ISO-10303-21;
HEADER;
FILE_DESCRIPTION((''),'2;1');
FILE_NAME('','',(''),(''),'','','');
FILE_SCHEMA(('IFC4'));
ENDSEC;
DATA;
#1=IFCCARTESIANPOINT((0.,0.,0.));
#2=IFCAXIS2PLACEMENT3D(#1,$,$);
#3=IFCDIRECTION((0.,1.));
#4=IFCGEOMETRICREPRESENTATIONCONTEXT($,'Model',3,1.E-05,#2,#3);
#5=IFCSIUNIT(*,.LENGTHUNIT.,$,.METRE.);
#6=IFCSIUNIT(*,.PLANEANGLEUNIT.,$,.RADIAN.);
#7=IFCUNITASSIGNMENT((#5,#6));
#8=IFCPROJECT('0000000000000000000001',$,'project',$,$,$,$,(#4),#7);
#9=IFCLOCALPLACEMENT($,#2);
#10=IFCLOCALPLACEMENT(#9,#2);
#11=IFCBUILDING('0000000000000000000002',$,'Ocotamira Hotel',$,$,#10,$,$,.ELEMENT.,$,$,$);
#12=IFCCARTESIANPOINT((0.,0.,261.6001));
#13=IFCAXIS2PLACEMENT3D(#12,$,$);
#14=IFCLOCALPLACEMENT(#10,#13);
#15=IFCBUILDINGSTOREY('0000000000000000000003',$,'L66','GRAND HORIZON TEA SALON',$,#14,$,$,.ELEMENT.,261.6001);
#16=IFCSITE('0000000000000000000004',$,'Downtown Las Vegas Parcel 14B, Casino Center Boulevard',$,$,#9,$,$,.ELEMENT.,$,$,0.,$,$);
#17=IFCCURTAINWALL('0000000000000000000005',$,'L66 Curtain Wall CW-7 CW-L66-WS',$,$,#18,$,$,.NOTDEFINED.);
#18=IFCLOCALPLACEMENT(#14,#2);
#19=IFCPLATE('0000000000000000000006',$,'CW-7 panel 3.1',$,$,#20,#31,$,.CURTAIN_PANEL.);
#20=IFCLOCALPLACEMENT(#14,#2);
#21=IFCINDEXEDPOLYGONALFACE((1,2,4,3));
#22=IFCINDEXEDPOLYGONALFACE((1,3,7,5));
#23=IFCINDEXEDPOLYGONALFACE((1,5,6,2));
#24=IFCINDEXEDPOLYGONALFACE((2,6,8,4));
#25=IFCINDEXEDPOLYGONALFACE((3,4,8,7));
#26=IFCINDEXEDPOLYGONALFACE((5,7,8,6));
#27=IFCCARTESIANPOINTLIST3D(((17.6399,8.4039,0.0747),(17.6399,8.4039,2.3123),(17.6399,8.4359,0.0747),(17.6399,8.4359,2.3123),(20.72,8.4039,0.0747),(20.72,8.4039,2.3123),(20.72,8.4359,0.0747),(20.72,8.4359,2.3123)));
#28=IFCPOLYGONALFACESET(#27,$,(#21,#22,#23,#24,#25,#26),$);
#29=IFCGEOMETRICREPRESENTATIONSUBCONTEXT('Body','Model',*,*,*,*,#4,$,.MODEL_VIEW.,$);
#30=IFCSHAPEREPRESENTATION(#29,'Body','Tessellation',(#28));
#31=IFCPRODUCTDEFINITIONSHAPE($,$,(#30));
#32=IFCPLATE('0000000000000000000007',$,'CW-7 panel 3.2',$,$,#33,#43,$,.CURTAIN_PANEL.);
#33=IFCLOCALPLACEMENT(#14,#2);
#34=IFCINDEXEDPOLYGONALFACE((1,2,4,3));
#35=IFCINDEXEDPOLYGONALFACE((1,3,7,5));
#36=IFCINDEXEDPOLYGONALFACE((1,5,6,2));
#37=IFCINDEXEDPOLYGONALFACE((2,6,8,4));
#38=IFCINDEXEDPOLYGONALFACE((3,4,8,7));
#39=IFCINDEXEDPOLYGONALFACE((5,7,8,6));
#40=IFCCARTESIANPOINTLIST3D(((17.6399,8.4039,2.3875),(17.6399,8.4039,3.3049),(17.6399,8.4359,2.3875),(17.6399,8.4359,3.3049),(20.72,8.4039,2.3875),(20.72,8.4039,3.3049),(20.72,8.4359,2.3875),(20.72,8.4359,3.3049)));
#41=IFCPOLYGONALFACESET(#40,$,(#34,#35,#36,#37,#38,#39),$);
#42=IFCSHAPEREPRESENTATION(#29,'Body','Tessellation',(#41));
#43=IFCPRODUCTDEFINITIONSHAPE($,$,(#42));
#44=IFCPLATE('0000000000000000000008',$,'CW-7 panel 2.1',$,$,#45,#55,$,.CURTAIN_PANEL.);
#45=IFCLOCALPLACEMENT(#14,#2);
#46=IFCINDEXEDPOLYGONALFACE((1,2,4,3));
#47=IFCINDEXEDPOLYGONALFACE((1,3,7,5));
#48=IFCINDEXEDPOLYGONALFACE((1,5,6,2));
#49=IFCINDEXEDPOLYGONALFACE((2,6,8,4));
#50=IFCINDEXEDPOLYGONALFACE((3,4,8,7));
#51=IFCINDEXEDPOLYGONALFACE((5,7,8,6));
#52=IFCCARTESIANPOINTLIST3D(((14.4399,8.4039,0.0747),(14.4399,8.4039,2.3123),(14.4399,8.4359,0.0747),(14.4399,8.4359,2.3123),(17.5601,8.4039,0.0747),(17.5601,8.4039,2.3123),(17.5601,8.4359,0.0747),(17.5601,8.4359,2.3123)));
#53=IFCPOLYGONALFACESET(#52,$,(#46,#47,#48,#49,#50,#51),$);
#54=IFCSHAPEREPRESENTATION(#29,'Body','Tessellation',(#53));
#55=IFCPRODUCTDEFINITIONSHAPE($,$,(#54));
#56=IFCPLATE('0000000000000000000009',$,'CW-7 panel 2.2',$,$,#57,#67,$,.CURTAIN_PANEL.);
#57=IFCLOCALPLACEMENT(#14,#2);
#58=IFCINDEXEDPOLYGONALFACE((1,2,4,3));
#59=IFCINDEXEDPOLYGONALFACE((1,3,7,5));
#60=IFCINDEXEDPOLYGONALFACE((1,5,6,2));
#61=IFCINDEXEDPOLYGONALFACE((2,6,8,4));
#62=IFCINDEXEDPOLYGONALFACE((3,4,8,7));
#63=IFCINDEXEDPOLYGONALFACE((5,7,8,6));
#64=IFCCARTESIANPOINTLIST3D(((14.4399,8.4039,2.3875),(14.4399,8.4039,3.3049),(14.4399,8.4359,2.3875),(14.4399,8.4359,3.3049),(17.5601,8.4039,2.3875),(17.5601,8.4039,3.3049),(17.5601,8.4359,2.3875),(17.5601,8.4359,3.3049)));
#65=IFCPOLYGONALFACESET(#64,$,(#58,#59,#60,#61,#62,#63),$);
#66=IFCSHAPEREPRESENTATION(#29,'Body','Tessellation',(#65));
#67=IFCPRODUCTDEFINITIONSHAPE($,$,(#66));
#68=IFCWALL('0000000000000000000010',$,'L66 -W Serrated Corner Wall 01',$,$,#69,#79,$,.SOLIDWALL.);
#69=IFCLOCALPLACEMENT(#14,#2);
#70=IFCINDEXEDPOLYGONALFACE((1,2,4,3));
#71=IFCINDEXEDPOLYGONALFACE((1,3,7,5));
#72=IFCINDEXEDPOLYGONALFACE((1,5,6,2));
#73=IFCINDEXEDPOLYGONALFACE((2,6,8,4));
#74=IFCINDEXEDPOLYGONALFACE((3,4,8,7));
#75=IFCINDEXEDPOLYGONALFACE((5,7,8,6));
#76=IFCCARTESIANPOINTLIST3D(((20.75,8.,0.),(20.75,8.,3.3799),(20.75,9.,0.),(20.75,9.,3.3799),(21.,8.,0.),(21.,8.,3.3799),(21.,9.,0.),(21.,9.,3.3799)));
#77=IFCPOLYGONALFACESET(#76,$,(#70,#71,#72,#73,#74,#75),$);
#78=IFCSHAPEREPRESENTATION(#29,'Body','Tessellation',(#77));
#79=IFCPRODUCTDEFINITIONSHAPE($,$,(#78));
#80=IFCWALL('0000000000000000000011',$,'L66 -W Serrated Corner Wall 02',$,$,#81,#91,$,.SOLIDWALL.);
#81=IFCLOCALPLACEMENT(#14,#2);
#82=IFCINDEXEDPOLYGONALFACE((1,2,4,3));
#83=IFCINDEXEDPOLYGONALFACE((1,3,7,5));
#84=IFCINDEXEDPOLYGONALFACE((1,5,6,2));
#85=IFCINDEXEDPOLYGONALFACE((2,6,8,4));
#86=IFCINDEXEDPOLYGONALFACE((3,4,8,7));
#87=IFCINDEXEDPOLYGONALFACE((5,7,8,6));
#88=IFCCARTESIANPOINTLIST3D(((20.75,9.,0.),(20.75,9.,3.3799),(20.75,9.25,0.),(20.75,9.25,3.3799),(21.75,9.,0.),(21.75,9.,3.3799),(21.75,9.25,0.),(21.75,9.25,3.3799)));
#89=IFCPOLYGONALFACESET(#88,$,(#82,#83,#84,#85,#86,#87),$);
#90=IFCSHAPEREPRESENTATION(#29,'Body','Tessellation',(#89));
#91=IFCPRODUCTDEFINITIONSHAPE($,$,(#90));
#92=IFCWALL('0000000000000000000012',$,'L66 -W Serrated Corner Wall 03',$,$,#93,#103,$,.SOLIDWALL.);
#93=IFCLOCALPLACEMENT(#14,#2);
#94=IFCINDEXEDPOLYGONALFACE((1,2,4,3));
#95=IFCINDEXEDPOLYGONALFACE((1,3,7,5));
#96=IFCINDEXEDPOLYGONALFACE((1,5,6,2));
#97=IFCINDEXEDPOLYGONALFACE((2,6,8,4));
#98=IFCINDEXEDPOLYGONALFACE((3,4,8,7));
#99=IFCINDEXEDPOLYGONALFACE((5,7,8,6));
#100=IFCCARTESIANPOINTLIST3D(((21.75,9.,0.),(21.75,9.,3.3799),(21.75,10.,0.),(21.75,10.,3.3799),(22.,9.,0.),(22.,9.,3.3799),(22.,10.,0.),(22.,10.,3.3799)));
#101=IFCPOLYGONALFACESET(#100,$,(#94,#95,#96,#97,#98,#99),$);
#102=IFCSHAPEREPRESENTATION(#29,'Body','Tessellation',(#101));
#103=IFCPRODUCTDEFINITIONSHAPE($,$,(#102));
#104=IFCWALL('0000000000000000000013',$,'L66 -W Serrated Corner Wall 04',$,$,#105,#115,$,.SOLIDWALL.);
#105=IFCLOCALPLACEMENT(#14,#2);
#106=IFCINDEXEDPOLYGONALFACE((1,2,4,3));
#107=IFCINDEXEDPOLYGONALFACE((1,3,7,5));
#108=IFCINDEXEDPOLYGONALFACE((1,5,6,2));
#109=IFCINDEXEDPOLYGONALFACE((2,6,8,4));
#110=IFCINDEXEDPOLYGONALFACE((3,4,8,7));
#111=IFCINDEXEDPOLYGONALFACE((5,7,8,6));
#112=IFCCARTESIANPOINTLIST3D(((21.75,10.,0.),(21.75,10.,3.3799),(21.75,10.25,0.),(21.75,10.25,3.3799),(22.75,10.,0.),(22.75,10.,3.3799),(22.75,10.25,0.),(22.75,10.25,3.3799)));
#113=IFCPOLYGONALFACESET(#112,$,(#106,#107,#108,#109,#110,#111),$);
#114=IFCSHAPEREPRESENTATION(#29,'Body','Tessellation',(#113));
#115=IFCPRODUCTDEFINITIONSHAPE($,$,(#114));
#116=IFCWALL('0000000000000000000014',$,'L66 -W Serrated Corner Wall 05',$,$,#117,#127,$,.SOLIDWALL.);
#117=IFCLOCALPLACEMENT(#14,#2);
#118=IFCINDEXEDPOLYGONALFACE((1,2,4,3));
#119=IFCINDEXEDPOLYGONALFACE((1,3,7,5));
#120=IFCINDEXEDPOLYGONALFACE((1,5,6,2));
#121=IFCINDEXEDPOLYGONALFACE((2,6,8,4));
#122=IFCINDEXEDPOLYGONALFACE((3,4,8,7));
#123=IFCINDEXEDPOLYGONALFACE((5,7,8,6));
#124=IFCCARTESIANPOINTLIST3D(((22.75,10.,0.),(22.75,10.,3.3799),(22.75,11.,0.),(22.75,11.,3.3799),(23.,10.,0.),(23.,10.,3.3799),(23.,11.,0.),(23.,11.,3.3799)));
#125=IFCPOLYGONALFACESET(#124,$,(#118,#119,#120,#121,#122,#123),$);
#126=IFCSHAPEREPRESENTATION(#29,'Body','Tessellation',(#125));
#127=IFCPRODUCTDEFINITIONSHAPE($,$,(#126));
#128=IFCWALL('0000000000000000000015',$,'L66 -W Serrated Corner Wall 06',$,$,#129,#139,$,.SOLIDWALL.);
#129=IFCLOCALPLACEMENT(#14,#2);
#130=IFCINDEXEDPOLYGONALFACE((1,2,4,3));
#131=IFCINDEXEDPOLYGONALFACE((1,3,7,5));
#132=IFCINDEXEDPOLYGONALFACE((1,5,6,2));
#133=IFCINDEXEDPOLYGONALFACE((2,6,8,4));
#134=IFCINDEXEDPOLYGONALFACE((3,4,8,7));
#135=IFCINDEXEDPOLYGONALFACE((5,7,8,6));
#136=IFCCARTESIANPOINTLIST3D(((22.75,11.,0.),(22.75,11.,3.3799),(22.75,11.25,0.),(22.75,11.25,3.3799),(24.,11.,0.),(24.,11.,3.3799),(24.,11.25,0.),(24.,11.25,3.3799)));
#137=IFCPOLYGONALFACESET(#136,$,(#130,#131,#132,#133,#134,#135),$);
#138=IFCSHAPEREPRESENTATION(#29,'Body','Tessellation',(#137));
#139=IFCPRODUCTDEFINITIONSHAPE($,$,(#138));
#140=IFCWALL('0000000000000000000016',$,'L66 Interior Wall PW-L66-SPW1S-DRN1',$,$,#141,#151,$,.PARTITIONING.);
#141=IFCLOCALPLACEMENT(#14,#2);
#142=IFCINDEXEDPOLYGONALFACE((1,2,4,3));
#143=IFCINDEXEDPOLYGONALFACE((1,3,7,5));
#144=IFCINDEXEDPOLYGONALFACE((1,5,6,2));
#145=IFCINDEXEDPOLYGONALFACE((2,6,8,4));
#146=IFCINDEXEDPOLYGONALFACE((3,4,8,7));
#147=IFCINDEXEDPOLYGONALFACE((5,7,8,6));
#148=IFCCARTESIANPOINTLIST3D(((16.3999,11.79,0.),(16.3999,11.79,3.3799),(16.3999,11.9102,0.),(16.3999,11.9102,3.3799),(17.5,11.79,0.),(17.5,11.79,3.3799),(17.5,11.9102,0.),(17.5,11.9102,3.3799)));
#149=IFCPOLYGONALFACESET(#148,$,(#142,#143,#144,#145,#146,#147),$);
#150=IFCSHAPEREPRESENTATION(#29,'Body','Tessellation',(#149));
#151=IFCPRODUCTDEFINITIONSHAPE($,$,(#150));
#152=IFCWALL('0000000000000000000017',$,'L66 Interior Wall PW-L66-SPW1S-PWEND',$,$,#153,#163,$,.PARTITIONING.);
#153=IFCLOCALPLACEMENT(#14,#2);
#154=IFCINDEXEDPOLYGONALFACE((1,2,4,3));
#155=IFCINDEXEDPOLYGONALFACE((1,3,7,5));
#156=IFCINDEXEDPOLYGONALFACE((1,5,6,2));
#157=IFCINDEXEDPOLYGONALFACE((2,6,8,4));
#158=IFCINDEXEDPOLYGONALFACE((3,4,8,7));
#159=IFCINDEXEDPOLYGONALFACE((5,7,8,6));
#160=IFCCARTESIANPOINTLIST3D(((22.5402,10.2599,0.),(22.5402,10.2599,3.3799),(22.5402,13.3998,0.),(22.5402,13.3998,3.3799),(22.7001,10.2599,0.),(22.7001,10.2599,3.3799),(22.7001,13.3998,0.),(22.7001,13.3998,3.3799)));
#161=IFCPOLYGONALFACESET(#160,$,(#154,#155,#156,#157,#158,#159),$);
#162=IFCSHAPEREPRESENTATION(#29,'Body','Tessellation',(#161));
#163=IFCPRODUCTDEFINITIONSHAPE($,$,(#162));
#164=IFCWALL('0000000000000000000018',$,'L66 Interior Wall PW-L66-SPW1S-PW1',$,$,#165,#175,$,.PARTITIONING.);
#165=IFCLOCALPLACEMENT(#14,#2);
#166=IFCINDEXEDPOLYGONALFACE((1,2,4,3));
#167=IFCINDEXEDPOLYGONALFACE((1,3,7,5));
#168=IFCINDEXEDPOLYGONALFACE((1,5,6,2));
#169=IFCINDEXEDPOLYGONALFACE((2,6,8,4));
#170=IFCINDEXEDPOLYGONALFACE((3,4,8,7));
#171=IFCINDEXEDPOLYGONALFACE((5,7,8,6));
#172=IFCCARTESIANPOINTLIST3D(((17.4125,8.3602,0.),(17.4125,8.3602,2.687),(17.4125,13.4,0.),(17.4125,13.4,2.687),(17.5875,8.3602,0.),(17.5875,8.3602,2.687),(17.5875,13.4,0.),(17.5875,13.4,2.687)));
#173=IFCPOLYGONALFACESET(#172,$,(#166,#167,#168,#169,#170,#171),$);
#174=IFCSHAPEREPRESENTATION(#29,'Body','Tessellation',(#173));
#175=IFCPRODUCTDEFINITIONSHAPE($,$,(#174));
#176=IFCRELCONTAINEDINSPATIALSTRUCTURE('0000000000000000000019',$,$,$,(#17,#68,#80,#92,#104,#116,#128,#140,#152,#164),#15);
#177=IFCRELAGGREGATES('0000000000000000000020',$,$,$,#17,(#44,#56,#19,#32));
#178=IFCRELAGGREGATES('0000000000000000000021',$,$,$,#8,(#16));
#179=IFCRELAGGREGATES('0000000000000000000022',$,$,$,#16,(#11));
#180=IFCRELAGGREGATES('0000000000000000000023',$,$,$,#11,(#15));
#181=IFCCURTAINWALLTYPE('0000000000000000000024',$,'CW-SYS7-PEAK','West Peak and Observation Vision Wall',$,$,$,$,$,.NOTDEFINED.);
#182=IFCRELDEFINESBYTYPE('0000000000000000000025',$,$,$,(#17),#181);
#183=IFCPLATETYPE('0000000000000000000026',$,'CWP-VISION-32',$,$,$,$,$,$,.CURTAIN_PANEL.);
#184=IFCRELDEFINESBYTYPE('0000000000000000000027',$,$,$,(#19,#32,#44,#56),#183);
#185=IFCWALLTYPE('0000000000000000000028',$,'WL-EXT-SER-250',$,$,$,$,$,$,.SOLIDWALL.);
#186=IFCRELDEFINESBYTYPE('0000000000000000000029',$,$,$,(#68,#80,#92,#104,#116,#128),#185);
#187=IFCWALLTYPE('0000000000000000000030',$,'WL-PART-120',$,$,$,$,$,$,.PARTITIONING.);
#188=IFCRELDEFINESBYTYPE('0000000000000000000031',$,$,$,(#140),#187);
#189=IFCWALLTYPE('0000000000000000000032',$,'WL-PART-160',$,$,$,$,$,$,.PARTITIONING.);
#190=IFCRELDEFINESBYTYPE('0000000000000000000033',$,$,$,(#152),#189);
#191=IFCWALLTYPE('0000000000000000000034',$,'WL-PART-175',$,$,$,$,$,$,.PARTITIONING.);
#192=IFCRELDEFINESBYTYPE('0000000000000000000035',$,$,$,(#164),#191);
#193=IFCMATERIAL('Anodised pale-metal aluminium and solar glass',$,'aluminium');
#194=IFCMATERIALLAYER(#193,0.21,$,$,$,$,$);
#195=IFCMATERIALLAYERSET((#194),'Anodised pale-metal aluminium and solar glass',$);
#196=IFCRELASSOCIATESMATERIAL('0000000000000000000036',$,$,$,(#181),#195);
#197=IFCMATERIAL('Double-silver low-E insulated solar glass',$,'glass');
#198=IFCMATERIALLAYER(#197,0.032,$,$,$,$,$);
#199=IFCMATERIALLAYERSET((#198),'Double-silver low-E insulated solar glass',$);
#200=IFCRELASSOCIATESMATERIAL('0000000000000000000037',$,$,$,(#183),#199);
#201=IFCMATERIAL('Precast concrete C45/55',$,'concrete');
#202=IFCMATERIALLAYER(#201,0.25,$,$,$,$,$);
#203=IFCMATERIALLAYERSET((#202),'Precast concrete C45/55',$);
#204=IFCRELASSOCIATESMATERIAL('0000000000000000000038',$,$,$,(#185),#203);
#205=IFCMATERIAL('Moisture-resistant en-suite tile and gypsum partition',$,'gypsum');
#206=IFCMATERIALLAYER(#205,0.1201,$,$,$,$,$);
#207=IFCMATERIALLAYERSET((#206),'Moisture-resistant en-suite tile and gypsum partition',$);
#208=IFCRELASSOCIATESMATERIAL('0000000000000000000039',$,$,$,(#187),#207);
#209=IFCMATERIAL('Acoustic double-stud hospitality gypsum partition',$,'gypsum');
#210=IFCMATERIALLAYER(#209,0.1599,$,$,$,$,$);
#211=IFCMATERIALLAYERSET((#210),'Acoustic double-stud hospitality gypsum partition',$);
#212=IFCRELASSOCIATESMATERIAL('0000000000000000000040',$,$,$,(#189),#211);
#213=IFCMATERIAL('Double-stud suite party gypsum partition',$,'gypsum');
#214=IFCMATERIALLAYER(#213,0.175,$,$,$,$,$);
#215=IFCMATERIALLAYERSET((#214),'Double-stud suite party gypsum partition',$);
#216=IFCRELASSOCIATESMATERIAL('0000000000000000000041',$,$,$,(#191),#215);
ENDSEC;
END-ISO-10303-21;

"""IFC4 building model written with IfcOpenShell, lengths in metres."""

from ifc_helpers import new_model, si_unit, direction, frame, frame_2d, origin, origin_2d, place, context, subcontext, project, spatial, rectangle, extrude, source, transform, mapped, material, layer, layer_set, type_object, element, aggregate, save


model = new_model("IFC4")

# Units and contexts
model_context = context("Model", 3, precision=1e-05, world=origin(), true_north=direction((0.0, 1.0)))
body_context = subcontext(model_context, "Body", "Model", "MODEL_VIEW")
ifc_project = project(units=[si_unit("LENGTHUNIT", "METRE"), si_unit("PLANEANGLEUNIT", "RADIAN")], contexts=[model_context])

# Site, building, storey
site_placement = place(None, origin())
site = spatial("IfcSite", under=ifc_project, at=site_placement, Name="Downtown Las Vegas Parcel 14B, Casino Center Boulevard", CompositionType="ELEMENT", RefElevation=0.0)
building_placement = place(site_placement, origin())
building = spatial("IfcBuilding", under=site, at=building_placement, Name="Ocotamira Hotel", CompositionType="ELEMENT")
storey_placement = place(building_placement, frame((0.0, 0.0, 261.6001)))
storey = spatial("IfcBuildingStorey", under=building, at=storey_placement, Name="L66", Description="GRAND HORIZON TEA SALON", CompositionType="ELEMENT", Elevation=261.6001)

# Curtain wall
ifc_material_1 = material(Name="Anodised pale-metal aluminium and solar glass", Category="aluminium")
ifc_layer_1 = layer(ifc_material_1, 0.21)
ifc_layer_set_1 = layer_set([ifc_layer_1], Name="Anodised pale-metal aluminium and solar glass")
curtain_wall_type = type_object("IfcCurtainWallType", Name="CW-SYS7-PEAK", Description="West Peak and Observation Vision Wall", PredefinedType="NOTDEFINED", material=ifc_layer_set_1)
curtain_wall_1_placement = place(storey_placement, origin())
curtain_wall_1 = element("IfcCurtainWall", 1, at=curtain_wall_1_placement, inside=storey, type_object=curtain_wall_type, Name="L66 Curtain Wall CW-7 CW-L66-WS", PredefinedType="NOTDEFINED")

# Plates
ifc_material_2 = material(Name="Double-silver low-E insulated solar glass", Category="glass")
ifc_layer_2 = layer(ifc_material_2, 0.032)
ifc_layer_set_2 = layer_set([ifc_layer_2], Name="Double-silver low-E insulated solar glass")
plate_type = type_object("IfcPlateType", Name="CWP-VISION-32", PredefinedType="CURTAIN_PANEL", material=ifc_layer_set_2)
shared_shape_1 = source(origin(), body_context, "Body", "SweptSolid", [
    extrude(rectangle(XDim=3.0801, YDim=0.032, at=origin_2d()), origin(), (0.0, 0.0, 1.0), 2.2375),
])
plate_1_placement = place(storey_placement, frame((19.1799, 8.4199, 0.0747), z_axis=(0.0, 0.0, 1.0), x_axis=(1.0, 0.0, 0.0)))
plate_1 = element("IfcPlate", 2, at=plate_1_placement, type_object=plate_type, Name="CW-7 panel 3.1", PredefinedType="CURTAIN_PANEL", context=body_context, shape_type="MappedRepresentation", body=[
    mapped(shared_shape_1, transform((0.0, 0.0, 0.0), scale=1.0)),
])
shared_shape_2 = source(origin(), body_context, "Body", "SweptSolid", [
    extrude(rectangle(XDim=3.0801, YDim=0.032, at=origin_2d()), origin(), (0.0, 0.0, 1.0), 0.9175),
])
plate_2_placement = place(storey_placement, frame((19.1799, 8.4199, 2.3875), z_axis=(0.0, 0.0, 1.0), x_axis=(1.0, 0.0, 0.0)))
plate_2 = element("IfcPlate", 3, at=plate_2_placement, type_object=plate_type, Name="CW-7 panel 3.2", PredefinedType="CURTAIN_PANEL", context=body_context, shape_type="MappedRepresentation", body=[
    mapped(shared_shape_2, transform((0.0, 0.0, 0.0), scale=1.0)),
])
shared_shape_3 = source(origin(), body_context, "Body", "SweptSolid", [
    extrude(rectangle(XDim=3.1201, YDim=0.032, at=origin_2d()), origin(), (0.0, 0.0, 1.0), 2.2375),
])
plate_3_placement = place(storey_placement, frame((16.0, 8.4199, 0.0747), z_axis=(0.0, 0.0, 1.0), x_axis=(1.0, 0.0, 0.0)))
plate_3 = element("IfcPlate", 4, at=plate_3_placement, type_object=plate_type, Name="CW-7 panel 2.1", PredefinedType="CURTAIN_PANEL", context=body_context, shape_type="MappedRepresentation", body=[
    mapped(shared_shape_3, transform((0.0, 0.0, 0.0), scale=1.0)),
])
shared_shape_4 = source(origin(), body_context, "Body", "SweptSolid", [
    extrude(rectangle(XDim=3.1201, YDim=0.032, at=origin_2d()), origin(), (0.0, 0.0, 1.0), 0.9175),
])
plate_4_placement = place(storey_placement, frame((16.0, 8.4199, 2.3875), z_axis=(0.0, 0.0, 1.0), x_axis=(1.0, 0.0, 0.0)))
plate_4 = element("IfcPlate", 5, at=plate_4_placement, type_object=plate_type, Name="CW-7 panel 2.2", PredefinedType="CURTAIN_PANEL", context=body_context, shape_type="MappedRepresentation", body=[
    mapped(shared_shape_4, transform((0.0, 0.0, 0.0), scale=1.0)),
])
aggregate(curtain_wall_1, [plate_3, plate_4, plate_1, plate_2])

# Walls
ifc_material_3 = material(Name="Precast concrete C45/55", Category="concrete")
ifc_layer_3 = layer(ifc_material_3, 0.25)
ifc_layer_set_3 = layer_set([ifc_layer_3], Name="Precast concrete C45/55")
wall_type_1 = type_object("IfcWallType", Name="WL-EXT-SER-250", PredefinedType="SOLIDWALL", material=ifc_layer_set_3)
for number, where, z_axis, x_axis, name in (
    (6, (20.875, 8.0, 0.0), (0.0, 0.0, 1.0), (0.0, 1.0, 0.0), "L66 -W Serrated Corner Wall 01"),
    (7, (20.75, 9.125, 0.0), (0.0, 0.0, 1.0), (1.0, 0.0, 0.0), "L66 -W Serrated Corner Wall 02"),
    (8, (21.875, 9.0, 0.0), (0.0, 0.0, 1.0), (0.0, 1.0, 0.0), "L66 -W Serrated Corner Wall 03"),
    (9, (21.75, 10.125, 0.0), (0.0, 0.0, 1.0), (1.0, 0.0, 0.0), "L66 -W Serrated Corner Wall 04"),
    (10, (22.875, 10.0, 0.0), (0.0, 0.0, 1.0), (0.0, 1.0, 0.0), "L66 -W Serrated Corner Wall 05"),
):
    element("IfcWall", number, at=place(storey_placement, frame(where, z_axis=z_axis, x_axis=x_axis)), inside=storey, type_object=wall_type_1, Name=name, PredefinedType="SOLIDWALL", context=body_context, shape_type="SweptSolid", body=[
        extrude(rectangle(XDim=1.0, YDim=0.25, at=frame_2d((0.5, 0.0))), origin(), (0.0, 0.0, 1.0), 3.3799),
    ])
wall_1_placement = place(storey_placement, frame((22.75, 11.125, 0.0), z_axis=(0.0, 0.0, 1.0), x_axis=(1.0, 0.0, 0.0)))
element("IfcWall", 11, at=wall_1_placement, inside=storey, type_object=wall_type_1, Name="L66 -W Serrated Corner Wall 06", PredefinedType="SOLIDWALL", context=body_context, shape_type="SweptSolid", body=[
    extrude(rectangle(XDim=1.25, YDim=0.25, at=frame_2d((0.625, 0.0))), origin(), (0.0, 0.0, 1.0), 3.3799),
])
ifc_material_4 = material(Name="Moisture-resistant en-suite tile and gypsum partition", Category="gypsum")
ifc_layer_4 = layer(ifc_material_4, 0.1201)
ifc_layer_set_4 = layer_set([ifc_layer_4], Name="Moisture-resistant en-suite tile and gypsum partition")
wall_type_2 = type_object("IfcWallType", Name="WL-PART-120", PredefinedType="PARTITIONING", material=ifc_layer_set_4)
wall_2_placement = place(storey_placement, frame((16.3999, 11.8501, 0.0), z_axis=(0.0, 0.0, 1.0), x_axis=(1.0, 0.0, 0.0)))
element("IfcWall", 12, at=wall_2_placement, inside=storey, type_object=wall_type_2, Name="L66 Interior Wall PW-L66-SPW1S-DRN1", PredefinedType="PARTITIONING", context=body_context, shape_type="SweptSolid", body=[
    extrude(rectangle(XDim=1.1001, YDim=0.1201, at=frame_2d((0.55, 0.0))), origin(), (0.0, 0.0, 1.0), 3.3799),
])
ifc_material_5 = material(Name="Acoustic double-stud hospitality gypsum partition", Category="gypsum")
ifc_layer_5 = layer(ifc_material_5, 0.1599)
ifc_layer_set_5 = layer_set([ifc_layer_5], Name="Acoustic double-stud hospitality gypsum partition")
wall_type_3 = type_object("IfcWallType", Name="WL-PART-160", PredefinedType="PARTITIONING", material=ifc_layer_set_5)
wall_3_placement = place(storey_placement, frame((22.6201, 10.26, 0.0), z_axis=(0.0, 0.0, 1.0), x_axis=(0.0, 1.0, 0.0)))
element("IfcWall", 13, at=wall_3_placement, inside=storey, type_object=wall_type_3, Name="L66 Interior Wall PW-L66-SPW1S-PWEND", PredefinedType="PARTITIONING", context=body_context, shape_type="SweptSolid", body=[
    extrude(rectangle(XDim=3.1399, YDim=0.1599, at=frame_2d((1.5698, 0.0))), origin(), (0.0, 0.0, 1.0), 3.3799),
])
ifc_material_6 = material(Name="Double-stud suite party gypsum partition", Category="gypsum")
ifc_layer_6 = layer(ifc_material_6, 0.175)
ifc_layer_set_6 = layer_set([ifc_layer_6], Name="Double-stud suite party gypsum partition")
wall_type_4 = type_object("IfcWallType", Name="WL-PART-175", PredefinedType="PARTITIONING", material=ifc_layer_set_6)
wall_4_placement = place(storey_placement, frame((17.5, 8.3601, 0.0), z_axis=(0.0, 0.0, 1.0), x_axis=(0.0, 1.0, 0.0)))
element("IfcWall", 14, at=wall_4_placement, inside=storey, type_object=wall_type_4, Name="L66 Interior Wall PW-L66-SPW1S-PW1", PredefinedType="PARTITIONING", context=body_context, shape_type="SweptSolid", body=[
    extrude(rectangle(XDim=5.0398, YDim=0.175, at=frame_2d((2.52, 0.0))), origin(), (0.0, 0.0, 1.0), 2.687),
])

save(model, "model.ifc")
